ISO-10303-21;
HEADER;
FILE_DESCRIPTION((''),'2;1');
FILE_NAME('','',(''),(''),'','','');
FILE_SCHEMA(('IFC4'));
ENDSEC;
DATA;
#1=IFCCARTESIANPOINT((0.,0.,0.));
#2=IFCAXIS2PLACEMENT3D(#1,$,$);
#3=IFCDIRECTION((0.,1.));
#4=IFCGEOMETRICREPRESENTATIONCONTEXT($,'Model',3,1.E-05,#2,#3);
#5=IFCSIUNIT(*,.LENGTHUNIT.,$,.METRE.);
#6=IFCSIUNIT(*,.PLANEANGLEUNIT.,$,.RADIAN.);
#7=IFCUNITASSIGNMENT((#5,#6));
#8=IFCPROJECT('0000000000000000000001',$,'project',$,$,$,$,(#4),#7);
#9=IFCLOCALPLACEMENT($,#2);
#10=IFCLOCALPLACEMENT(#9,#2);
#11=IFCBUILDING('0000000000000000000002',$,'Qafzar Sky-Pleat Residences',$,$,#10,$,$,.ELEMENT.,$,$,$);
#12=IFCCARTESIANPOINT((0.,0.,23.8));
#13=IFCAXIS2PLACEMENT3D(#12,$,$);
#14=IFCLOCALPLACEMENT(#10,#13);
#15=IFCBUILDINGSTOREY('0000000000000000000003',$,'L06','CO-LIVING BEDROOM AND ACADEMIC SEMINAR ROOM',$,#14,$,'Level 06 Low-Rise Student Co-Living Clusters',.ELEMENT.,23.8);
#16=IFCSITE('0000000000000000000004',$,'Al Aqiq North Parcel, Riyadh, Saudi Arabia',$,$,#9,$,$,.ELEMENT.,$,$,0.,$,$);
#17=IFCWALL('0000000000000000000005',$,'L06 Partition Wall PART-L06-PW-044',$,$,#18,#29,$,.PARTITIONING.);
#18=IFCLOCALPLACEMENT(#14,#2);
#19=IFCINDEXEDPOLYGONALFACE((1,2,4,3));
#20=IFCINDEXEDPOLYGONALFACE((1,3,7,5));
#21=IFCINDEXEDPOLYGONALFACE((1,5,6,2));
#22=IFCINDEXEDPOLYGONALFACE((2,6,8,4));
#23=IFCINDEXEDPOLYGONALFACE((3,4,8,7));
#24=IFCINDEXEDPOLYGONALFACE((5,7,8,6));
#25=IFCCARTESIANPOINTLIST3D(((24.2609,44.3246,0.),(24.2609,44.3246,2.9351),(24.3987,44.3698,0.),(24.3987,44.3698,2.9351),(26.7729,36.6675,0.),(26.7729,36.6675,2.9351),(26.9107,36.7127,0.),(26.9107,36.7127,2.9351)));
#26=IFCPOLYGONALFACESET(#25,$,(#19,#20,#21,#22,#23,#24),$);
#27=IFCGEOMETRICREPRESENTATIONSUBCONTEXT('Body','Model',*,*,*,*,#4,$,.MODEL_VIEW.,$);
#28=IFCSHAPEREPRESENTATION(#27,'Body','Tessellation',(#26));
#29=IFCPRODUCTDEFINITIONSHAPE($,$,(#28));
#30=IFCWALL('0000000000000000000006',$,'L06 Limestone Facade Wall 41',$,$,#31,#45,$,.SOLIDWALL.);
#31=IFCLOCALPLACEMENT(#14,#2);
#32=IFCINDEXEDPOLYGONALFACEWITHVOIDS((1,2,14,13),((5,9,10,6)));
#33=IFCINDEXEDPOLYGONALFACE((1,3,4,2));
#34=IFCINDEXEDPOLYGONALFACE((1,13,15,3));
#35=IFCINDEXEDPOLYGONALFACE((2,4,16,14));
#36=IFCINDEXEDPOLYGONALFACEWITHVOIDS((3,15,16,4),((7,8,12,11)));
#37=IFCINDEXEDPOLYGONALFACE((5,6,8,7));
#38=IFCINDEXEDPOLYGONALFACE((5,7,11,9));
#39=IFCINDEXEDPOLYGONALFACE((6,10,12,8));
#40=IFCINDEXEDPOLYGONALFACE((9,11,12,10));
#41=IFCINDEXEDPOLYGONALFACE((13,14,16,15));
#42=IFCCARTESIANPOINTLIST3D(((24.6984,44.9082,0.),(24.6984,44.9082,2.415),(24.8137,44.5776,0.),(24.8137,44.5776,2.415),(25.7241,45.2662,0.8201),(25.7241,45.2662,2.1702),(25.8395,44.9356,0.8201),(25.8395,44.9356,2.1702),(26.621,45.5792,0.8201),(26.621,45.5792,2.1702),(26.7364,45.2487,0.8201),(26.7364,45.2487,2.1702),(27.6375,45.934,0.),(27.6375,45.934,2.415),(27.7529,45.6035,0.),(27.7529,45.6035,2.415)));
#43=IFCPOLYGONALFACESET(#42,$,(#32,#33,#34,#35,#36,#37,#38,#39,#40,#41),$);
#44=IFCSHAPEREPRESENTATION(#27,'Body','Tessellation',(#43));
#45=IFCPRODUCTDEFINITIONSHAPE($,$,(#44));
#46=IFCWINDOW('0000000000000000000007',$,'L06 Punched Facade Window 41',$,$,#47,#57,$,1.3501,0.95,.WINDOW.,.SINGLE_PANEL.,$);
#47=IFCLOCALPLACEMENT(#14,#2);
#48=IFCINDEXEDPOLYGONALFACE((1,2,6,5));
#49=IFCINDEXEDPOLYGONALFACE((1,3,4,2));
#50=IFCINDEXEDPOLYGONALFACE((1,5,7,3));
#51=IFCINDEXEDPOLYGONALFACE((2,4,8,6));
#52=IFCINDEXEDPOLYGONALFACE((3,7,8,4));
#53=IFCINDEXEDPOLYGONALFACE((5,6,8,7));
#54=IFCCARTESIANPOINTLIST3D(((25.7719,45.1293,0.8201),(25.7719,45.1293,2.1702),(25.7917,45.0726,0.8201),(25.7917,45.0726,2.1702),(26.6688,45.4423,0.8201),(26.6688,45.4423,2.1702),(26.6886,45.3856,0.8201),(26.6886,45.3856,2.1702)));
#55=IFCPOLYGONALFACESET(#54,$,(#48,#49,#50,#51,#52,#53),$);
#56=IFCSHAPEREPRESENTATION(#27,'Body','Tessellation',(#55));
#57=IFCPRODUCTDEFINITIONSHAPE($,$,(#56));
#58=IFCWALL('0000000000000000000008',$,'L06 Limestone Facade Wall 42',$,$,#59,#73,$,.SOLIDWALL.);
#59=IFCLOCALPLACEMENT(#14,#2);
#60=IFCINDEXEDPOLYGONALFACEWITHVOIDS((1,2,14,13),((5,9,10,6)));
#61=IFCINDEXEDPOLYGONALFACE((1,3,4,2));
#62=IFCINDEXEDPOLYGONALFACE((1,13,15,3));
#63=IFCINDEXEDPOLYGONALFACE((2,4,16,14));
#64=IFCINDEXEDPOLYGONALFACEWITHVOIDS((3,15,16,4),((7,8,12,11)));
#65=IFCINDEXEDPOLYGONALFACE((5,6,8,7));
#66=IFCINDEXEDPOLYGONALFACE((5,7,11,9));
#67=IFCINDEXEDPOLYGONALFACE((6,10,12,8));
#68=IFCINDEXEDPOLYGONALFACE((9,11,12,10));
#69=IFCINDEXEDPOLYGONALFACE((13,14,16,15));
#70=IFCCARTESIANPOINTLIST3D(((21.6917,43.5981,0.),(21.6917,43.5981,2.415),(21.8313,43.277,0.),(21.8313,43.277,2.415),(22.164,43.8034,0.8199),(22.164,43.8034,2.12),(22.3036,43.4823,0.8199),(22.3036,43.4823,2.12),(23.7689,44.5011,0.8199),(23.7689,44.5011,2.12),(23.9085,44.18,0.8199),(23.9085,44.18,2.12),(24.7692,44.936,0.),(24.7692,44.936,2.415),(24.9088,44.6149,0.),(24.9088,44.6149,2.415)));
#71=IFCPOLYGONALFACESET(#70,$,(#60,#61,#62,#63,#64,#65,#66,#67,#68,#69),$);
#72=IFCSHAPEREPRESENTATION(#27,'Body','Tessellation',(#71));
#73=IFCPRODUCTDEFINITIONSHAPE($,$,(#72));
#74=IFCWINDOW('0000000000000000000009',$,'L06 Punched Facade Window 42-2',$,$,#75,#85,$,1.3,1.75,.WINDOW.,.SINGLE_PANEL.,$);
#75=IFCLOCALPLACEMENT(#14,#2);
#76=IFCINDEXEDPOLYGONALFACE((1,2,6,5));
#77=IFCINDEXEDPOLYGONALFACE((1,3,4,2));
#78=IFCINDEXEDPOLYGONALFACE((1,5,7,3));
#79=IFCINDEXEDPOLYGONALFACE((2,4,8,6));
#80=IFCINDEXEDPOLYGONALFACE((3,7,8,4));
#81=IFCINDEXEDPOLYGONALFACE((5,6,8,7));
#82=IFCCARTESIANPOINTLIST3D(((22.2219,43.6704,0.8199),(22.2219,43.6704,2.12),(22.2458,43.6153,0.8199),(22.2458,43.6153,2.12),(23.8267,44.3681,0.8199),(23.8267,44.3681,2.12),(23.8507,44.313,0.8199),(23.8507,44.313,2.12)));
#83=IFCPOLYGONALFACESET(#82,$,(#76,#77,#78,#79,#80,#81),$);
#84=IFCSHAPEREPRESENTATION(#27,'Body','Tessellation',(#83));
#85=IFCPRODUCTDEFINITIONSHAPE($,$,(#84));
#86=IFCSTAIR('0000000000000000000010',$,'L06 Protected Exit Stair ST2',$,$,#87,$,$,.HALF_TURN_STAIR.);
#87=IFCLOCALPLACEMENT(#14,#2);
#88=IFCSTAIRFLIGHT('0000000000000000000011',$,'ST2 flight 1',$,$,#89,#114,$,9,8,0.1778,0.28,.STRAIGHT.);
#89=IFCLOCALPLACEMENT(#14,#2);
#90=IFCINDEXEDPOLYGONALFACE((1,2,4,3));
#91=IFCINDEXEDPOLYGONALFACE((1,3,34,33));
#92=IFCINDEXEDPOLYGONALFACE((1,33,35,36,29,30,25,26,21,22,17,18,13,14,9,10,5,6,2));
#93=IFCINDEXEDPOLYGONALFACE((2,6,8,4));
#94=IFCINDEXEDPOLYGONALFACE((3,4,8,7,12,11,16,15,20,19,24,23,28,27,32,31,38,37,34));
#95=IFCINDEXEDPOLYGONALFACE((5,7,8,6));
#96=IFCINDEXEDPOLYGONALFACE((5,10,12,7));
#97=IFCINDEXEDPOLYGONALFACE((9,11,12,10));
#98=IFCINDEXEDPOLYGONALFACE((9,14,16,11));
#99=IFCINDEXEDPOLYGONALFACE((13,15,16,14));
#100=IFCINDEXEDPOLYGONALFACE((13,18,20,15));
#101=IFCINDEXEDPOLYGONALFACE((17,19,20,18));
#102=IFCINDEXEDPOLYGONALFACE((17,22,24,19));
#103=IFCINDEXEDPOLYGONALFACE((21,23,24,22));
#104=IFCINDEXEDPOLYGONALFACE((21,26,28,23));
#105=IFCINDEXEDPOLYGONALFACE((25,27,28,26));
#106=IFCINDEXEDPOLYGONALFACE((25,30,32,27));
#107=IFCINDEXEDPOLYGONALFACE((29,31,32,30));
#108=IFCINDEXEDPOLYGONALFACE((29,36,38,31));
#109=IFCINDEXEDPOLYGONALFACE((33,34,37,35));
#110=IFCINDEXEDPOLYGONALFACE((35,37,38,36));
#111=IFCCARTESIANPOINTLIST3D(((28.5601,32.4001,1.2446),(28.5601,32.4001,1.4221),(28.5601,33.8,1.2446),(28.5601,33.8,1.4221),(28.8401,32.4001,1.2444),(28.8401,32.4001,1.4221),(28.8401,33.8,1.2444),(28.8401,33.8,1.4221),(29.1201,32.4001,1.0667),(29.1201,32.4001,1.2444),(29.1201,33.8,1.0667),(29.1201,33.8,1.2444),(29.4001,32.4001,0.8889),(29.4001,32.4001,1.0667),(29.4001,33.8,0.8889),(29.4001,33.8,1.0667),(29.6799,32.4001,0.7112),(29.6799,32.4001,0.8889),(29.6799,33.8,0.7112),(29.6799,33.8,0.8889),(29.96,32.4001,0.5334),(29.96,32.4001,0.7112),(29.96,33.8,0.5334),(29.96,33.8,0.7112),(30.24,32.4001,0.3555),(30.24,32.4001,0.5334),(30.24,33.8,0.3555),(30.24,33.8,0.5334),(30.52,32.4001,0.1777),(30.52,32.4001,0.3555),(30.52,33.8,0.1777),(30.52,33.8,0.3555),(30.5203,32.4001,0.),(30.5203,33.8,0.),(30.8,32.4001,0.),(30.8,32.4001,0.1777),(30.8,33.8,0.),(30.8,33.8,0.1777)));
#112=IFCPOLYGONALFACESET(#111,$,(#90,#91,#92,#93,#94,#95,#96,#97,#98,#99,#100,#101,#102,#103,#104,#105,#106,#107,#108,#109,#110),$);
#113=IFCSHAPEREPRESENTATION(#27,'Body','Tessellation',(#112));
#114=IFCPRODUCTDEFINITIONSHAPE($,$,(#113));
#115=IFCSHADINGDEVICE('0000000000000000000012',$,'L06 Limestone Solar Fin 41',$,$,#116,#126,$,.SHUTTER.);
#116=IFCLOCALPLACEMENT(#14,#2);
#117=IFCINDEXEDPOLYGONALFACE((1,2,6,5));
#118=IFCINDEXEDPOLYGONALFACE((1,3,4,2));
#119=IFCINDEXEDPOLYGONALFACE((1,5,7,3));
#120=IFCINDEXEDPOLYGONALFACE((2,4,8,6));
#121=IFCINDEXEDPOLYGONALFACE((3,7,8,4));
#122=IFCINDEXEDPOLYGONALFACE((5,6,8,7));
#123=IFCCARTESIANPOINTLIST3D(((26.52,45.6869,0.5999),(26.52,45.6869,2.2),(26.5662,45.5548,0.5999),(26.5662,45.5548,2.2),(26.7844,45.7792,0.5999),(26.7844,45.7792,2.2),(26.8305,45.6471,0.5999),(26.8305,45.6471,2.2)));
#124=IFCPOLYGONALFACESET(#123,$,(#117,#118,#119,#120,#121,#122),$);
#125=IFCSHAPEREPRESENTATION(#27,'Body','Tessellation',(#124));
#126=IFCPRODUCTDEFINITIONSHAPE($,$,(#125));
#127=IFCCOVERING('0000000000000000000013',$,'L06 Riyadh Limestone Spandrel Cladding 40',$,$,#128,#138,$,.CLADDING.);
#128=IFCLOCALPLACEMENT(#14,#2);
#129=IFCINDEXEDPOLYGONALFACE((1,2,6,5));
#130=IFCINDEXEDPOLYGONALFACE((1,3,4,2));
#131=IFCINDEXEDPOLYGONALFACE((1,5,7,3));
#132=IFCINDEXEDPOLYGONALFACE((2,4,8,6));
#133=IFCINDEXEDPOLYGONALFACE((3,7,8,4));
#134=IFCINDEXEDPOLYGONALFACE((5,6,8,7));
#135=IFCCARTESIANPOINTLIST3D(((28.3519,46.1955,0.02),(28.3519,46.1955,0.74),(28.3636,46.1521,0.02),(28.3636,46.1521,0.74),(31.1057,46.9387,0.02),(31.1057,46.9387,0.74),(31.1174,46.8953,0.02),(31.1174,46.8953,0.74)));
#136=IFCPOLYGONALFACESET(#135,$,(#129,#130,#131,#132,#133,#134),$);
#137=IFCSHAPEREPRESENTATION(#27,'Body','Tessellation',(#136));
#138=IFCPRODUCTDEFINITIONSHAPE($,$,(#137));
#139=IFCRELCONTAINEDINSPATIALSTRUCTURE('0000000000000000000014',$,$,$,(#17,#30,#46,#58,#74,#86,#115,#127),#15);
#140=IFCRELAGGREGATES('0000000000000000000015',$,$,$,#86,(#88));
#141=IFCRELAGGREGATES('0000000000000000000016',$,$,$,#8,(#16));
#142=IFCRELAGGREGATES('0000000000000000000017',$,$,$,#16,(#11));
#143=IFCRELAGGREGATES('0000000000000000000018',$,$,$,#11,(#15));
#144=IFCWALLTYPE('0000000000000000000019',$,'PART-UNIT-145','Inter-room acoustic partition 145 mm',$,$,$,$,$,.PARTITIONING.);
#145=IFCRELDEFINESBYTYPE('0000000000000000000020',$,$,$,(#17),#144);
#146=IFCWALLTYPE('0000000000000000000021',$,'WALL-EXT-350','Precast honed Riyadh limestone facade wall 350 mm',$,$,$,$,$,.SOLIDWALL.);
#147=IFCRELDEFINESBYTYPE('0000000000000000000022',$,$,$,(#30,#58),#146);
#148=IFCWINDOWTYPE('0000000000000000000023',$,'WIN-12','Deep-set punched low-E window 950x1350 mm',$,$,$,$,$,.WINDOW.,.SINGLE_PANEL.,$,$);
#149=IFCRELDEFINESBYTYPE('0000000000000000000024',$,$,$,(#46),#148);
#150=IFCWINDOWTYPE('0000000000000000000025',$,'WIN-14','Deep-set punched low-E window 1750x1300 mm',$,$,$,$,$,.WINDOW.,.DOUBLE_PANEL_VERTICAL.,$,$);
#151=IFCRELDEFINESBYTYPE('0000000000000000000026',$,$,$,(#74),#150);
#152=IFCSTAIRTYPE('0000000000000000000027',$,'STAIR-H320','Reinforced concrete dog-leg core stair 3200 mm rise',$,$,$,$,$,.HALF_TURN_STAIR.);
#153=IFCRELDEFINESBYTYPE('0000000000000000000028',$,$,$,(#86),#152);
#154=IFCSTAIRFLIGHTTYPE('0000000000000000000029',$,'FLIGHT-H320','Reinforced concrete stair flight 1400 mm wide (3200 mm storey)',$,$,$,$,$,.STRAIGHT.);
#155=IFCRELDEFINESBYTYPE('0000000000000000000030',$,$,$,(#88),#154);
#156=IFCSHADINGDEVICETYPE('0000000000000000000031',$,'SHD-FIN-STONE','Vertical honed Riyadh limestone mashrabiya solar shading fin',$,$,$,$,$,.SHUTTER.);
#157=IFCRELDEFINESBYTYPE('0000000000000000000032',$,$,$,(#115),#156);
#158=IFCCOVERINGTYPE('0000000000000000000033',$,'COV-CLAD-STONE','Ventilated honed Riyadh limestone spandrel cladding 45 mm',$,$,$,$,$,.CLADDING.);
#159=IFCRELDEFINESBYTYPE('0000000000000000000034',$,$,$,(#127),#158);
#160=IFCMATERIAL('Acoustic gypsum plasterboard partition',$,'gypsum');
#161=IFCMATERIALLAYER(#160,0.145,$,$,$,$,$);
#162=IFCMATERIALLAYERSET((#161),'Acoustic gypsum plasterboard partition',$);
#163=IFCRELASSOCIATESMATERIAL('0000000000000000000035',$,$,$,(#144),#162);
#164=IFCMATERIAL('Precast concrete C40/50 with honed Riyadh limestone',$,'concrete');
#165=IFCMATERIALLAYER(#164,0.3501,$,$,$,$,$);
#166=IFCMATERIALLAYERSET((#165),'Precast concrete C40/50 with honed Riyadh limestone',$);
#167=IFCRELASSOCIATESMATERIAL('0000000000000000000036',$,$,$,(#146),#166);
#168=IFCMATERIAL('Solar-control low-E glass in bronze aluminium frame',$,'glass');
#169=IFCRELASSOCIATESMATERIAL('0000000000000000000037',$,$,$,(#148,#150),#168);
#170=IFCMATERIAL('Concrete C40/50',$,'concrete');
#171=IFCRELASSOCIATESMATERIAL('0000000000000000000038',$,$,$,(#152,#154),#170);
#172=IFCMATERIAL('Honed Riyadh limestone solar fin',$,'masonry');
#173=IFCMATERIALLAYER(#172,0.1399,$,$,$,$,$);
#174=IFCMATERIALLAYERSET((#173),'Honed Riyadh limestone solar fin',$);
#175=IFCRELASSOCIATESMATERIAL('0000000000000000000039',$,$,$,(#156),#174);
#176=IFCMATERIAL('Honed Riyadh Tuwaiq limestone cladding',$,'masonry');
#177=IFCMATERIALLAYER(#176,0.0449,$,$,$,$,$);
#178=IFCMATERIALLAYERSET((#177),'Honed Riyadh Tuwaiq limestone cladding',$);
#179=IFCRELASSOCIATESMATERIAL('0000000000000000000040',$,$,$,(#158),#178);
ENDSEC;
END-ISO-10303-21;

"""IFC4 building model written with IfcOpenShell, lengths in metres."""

from ifc_helpers import new_model, si_unit, direction, frame, frame_2d, origin, origin_2d, place, context, subcontext, project, spatial, polyline, rectangle, outline, extrude, source, transform, mapped, material, layer, layer_set, type_object, element, fill, aggregate, save


model = new_model("IFC4")

# Units and contexts
model_context = context("Model", 3, precision=1e-05, world=origin(), true_north=direction((0.0, 1.0)))
body_context = subcontext(model_context, "Body", "Model", "MODEL_VIEW")
ifc_project = project(units=[si_unit("LENGTHUNIT", "METRE"), si_unit("PLANEANGLEUNIT", "RADIAN")], contexts=[model_context])

# Site, building, storey
site_placement = place(None, origin())
site = spatial("IfcSite", under=ifc_project, at=site_placement, Name="Al Aqiq North Parcel, Riyadh, Saudi Arabia", CompositionType="ELEMENT", RefElevation=0.0)
building_placement = place(site_placement, origin())
building = spatial("IfcBuilding", under=site, at=building_placement, Name="Qafzar Sky-Pleat Residences", CompositionType="ELEMENT")
storey_placement = place(building_placement, frame((0.0, 0.0, 23.8)))
storey = spatial("IfcBuildingStorey", under=building, at=storey_placement, Name="L06", Description="CO-LIVING BEDROOM AND ACADEMIC SEMINAR ROOM", LongName="Level 06 Low-Rise Student Co-Living Clusters", CompositionType="ELEMENT", Elevation=23.8)

# Shared definitions
ifc_material_1 = material(Name="Acoustic gypsum plasterboard partition", Category="gypsum")

# Wall
ifc_layer_1 = layer(ifc_material_1, 0.145)
ifc_layer_set_1 = layer_set([ifc_layer_1], Name="Acoustic gypsum plasterboard partition")
wall_type_1 = type_object("IfcWallType", Name="PART-UNIT-145", Description="Inter-room acoustic partition 145 mm", PredefinedType="PARTITIONING", material=ifc_layer_set_1)
wall_1_placement = place(storey_placement, frame((24.3298, 44.3472, 0.0), z_axis=(0.0, 0.0, 1.0), x_axis=(0.311716, -0.950175, 0.0)))
element("IfcWall", 1, at=wall_1_placement, inside=storey, type_object=wall_type_1, Name="L06 Partition Wall PART-L06-PW-044", PredefinedType="PARTITIONING", context=body_context, shape_type="SweptSolid", body=[
    extrude(rectangle(XDim=8.0586, YDim=0.145, at=frame_2d((4.0293, 0.0))), origin(), (0.0, 0.0, 1.0), 2.9351),
])

# Walls, openings, windows
ifc_material_2 = material(Name="Precast concrete C40/50 with honed Riyadh limestone", Category="concrete")
ifc_layer_2 = layer(ifc_material_2, 0.3501)
ifc_layer_set_2 = layer_set([ifc_layer_2], Name="Precast concrete C40/50 with honed Riyadh limestone")
wall_type_2 = type_object("IfcWallType", Name="WALL-EXT-350", Description="Precast honed Riyadh limestone facade wall 350 mm", PredefinedType="SOLIDWALL", material=ifc_layer_set_2)
wall_2_placement = place(storey_placement, frame((27.6953, 45.7688, 0.0), z_axis=(0.0, 0.0, 1.0), x_axis=(-0.944143, -0.329536, 0.0)))
wall_2 = element("IfcWall", 2, at=wall_2_placement, inside=storey, type_object=wall_type_2, Name="L06 Limestone Facade Wall 41", PredefinedType="SOLIDWALL", context=body_context, shape_type="SweptSolid", body=[
    extrude(rectangle(XDim=3.113, YDim=0.3501, at=frame_2d((1.5566, 0.0))), origin(), (0.0, 0.0, 1.0), 2.415),
])
opening_1_placement = place(wall_2_placement, frame((1.0767, 0.0, 0.8201)))
opening_1 = element("IfcOpeningElement", 3, at=opening_1_placement, cuts=wall_2, PredefinedType="OPENING", context=body_context, shape_type="SweptSolid", body=[
    extrude(rectangle(XDim=0.95, YDim=1.3501, at=frame_2d((0.4751, 0.675))), frame((0.0, 0.1851, 0.0), z_axis=(0.0, -1.0, 0.0), x_axis=(1.0, 0.0, 0.0)), (0.0, 0.0, 1.0), 0.3701),
])
ifc_material_3 = material(Name="Solar-control low-E glass in bronze aluminium frame", Category="glass")
window_type_1 = type_object("IfcWindowType", Name="WIN-12", Description="Deep-set punched low-E window 950x1350 mm", PartitioningType="SINGLE_PANEL", PredefinedType="WINDOW", material=ifc_material_3)
shared_shape_1 = source(origin(), body_context, "Body", "SweptSolid", [
    extrude(rectangle(XDim=0.95, YDim=1.3501, at=frame_2d((0.4751, 0.675))), frame((0.0, 0.03, 0.0), z_axis=(0.0, -1.0, 0.0), x_axis=(1.0, 0.0, 0.0)), (0.0, 0.0, 1.0), 0.0601),
])
window_1_placement = place(opening_1_placement, origin())
window_1 = element("IfcWindow", 4, at=window_1_placement, inside=storey, type_object=window_type_1, Name="L06 Punched Facade Window 41", OverallHeight=1.3501, OverallWidth=0.95, PartitioningType="SINGLE_PANEL", PredefinedType="WINDOW", context=body_context, shape_type="MappedRepresentation", body=[
    mapped(shared_shape_1, transform((0.0, 0.0, 0.0), x_axis=(1.0, 0.0, 0.0), y_axis=(0.0, 1.0, 0.0), z_axis=(0.0, 0.0, 1.0), scale=1.0)),
])
fill(opening_1, window_1)
wall_3_placement = place(storey_placement, frame((24.8389, 44.7754, 0.0), z_axis=(0.0, 0.0, 1.0), x_axis=(-0.917082, -0.3987, 0.0)))
wall_3 = element("IfcWall", 5, at=wall_3_placement, inside=storey, type_object=wall_type_2, Name="L06 Limestone Facade Wall 42", PredefinedType="SOLIDWALL", context=body_context, shape_type="SweptSolid", body=[
    extrude(rectangle(XDim=3.3557, YDim=0.3501, at=frame_2d((1.6777, 0.0))), origin(), (0.0, 0.0, 1.0), 2.415),
])
opening_2_placement = place(wall_3_placement, frame((1.0906, 0.0, 0.8201)))
opening_2 = element("IfcOpeningElement", 6, at=opening_2_placement, cuts=wall_3, PredefinedType="OPENING", context=body_context, shape_type="SweptSolid", body=[
    extrude(rectangle(XDim=1.75, YDim=1.3, at=frame_2d((0.875, 0.6499))), frame((0.0, 0.1851, 0.0), z_axis=(0.0, -1.0, 0.0), x_axis=(1.0, 0.0, 0.0)), (0.0, 0.0, 1.0), 0.3701),
])
window_type_2 = type_object("IfcWindowType", Name="WIN-14", Description="Deep-set punched low-E window 1750x1300 mm", PartitioningType="DOUBLE_PANEL_VERTICAL", PredefinedType="WINDOW", material=ifc_material_3)
shared_shape_2 = source(origin(), body_context, "Body", "SweptSolid", [
    extrude(rectangle(XDim=1.75, YDim=1.3, at=frame_2d((0.875, 0.6499))), frame((0.0, 0.03, 0.0), z_axis=(0.0, -1.0, 0.0), x_axis=(1.0, 0.0, 0.0)), (0.0, 0.0, 1.0), 0.0601),
])
window_2_placement = place(opening_2_placement, origin())
window_2 = element("IfcWindow", 7, at=window_2_placement, inside=storey, type_object=window_type_2, Name="L06 Punched Facade Window 42-2", OverallHeight=1.3, OverallWidth=1.75, PartitioningType="SINGLE_PANEL", PredefinedType="WINDOW", context=body_context, shape_type="MappedRepresentation", body=[
    mapped(shared_shape_2, transform((0.0, 0.0, 0.0), x_axis=(1.0, 0.0, 0.0), y_axis=(0.0, 1.0, 0.0), z_axis=(0.0, 0.0, 1.0), scale=1.0)),
])
fill(opening_2, window_2)

# Stair, stair flight
ifc_material_4 = material(Name="Concrete C40/50", Category="concrete")
stair_type = type_object("IfcStairType", Name="STAIR-H320", Description="Reinforced concrete dog-leg core stair 3200 mm rise", PredefinedType="HALF_TURN_STAIR", material=ifc_material_4)
stair_placement = place(storey_placement, origin())
stair = element("IfcStair", 8, at=stair_placement, inside=storey, type_object=stair_type, Name="L06 Protected Exit Stair ST2", PredefinedType="HALF_TURN_STAIR")
stair_flight_type = type_object("IfcStairFlightType", Name="FLIGHT-H320", Description="Reinforced concrete stair flight 1400 mm wide (3200 mm storey)", PredefinedType="STRAIGHT", material=ifc_material_4)
shared_shape_3 = source(origin(), body_context, "Body", "SweptSolid", [
    extrude(outline(polyline([(0.0, 0.0), (0.0, 0.1777), (0.28, 0.1777), (0.28, 0.3555), (0.5601, 0.3555), (0.5601, 0.5334), (0.8401, 0.5334), (0.8401, 0.7112), (1.1201, 0.7112), (1.1201, 0.8889), (1.3999, 0.8889), (1.3999, 1.0667), (1.6799, 1.0667), (1.6799, 1.2444), (1.96, 1.2444), (1.96, 1.4221), (2.24, 1.4221), (2.24, 1.6001), (2.24, 1.2446), (0.2798, 0.0), (0.0, 0.0)])), frame((0.0, 0.7, 0.0), z_axis=(0.0, -1.0, 0.0), x_axis=(1.0, 0.0, 0.0)), (0.0, 0.0, 1.0), 1.3999),
])
stair_flight_placement = place(storey_placement, frame((30.8, 33.1001, 0.0), z_axis=(0.0, 0.0, 1.0), x_axis=(-1.0, 0.0, 0.0)))
stair_flight = element("IfcStairFlight", 9, at=stair_flight_placement, type_object=stair_flight_type, Name="ST2 flight 1", NumberOfRisers=9, NumberOfTreads=8, PredefinedType="STRAIGHT", RiserHeight=0.1778, TreadLength=0.28, context=body_context, shape_type="MappedRepresentation", body=[
    mapped(shared_shape_3, transform((0.0, 0.0, 0.0), x_axis=(1.0, 0.0, 0.0), y_axis=(0.0, 1.0, 0.0), z_axis=(0.0, 0.0, 1.0), scale=1.0)),
])
aggregate(stair, [stair_flight])

# Shading device
ifc_material_5 = material(Name="Honed Riyadh limestone solar fin", Category="masonry")
ifc_layer_3 = layer(ifc_material_5, 0.1399)
ifc_layer_set_3 = layer_set([ifc_layer_3], Name="Honed Riyadh limestone solar fin")
shading_device_type = type_object("IfcShadingDeviceType", Name="SHD-FIN-STONE", Description="Vertical honed Riyadh limestone mashrabiya solar shading fin", PredefinedType="SHUTTER", material=ifc_layer_set_3)
shared_shape_4 = source(origin(), body_context, "Body", "SweptSolid", [
    extrude(rectangle(XDim=0.1399, YDim=0.28, at=origin_2d()), origin(), (0.0, 0.0, 1.0), 1.6001),
])
shading_device_placement = place(storey_placement, frame((26.6753, 45.667, 0.5999), z_axis=(0.0, 0.0, 1.0), x_axis=(-0.329573, 0.94413, 0.0)))
element("IfcShadingDevice", 10, at=shading_device_placement, inside=storey, type_object=shading_device_type, Name="L06 Limestone Solar Fin 41", PredefinedType="SHUTTER", context=body_context, shape_type="MappedRepresentation", body=[
    mapped(shared_shape_4, transform((0.0, 0.0, 0.0), x_axis=(1.0, 0.0, 0.0), y_axis=(0.0, 1.0, 0.0), z_axis=(0.0, 0.0, 1.0), scale=1.0)),
])

# Covering
ifc_material_6 = material(Name="Honed Riyadh Tuwaiq limestone cladding", Category="masonry")
ifc_layer_4 = layer(ifc_material_6, 0.0449)
ifc_layer_set_4 = layer_set([ifc_layer_4], Name="Honed Riyadh Tuwaiq limestone cladding")
covering_type = type_object("IfcCoveringType", Name="COV-CLAD-STONE", Description="Ventilated honed Riyadh limestone spandrel cladding 45 mm", PredefinedType="CLADDING", material=ifc_layer_set_4)
shared_shape_5 = source(origin(), body_context, "Body", "SweptSolid", [
    extrude(rectangle(XDim=2.8523, YDim=0.0449, at=origin_2d()), origin(), (0.0, 0.0, 1.0), 0.72),
])
covering_placement = place(storey_placement, frame((29.7346, 46.5454, 0.02), z_axis=(0.0, 0.0, 1.0), x_axis=(-0.965459, -0.260556, 0.0)))
element("IfcCovering", 11, at=covering_placement, inside=storey, type_object=covering_type, Name="L06 Riyadh Limestone Spandrel Cladding 40", PredefinedType="CLADDING", context=body_context, shape_type="MappedRepresentation", body=[
    mapped(shared_shape_5, transform((0.0, 0.0, 0.0), x_axis=(1.0, 0.0, 0.0), y_axis=(0.0, 1.0, 0.0), z_axis=(0.0, 0.0, 1.0), scale=1.0)),
])

save(model, "model.ifc")
